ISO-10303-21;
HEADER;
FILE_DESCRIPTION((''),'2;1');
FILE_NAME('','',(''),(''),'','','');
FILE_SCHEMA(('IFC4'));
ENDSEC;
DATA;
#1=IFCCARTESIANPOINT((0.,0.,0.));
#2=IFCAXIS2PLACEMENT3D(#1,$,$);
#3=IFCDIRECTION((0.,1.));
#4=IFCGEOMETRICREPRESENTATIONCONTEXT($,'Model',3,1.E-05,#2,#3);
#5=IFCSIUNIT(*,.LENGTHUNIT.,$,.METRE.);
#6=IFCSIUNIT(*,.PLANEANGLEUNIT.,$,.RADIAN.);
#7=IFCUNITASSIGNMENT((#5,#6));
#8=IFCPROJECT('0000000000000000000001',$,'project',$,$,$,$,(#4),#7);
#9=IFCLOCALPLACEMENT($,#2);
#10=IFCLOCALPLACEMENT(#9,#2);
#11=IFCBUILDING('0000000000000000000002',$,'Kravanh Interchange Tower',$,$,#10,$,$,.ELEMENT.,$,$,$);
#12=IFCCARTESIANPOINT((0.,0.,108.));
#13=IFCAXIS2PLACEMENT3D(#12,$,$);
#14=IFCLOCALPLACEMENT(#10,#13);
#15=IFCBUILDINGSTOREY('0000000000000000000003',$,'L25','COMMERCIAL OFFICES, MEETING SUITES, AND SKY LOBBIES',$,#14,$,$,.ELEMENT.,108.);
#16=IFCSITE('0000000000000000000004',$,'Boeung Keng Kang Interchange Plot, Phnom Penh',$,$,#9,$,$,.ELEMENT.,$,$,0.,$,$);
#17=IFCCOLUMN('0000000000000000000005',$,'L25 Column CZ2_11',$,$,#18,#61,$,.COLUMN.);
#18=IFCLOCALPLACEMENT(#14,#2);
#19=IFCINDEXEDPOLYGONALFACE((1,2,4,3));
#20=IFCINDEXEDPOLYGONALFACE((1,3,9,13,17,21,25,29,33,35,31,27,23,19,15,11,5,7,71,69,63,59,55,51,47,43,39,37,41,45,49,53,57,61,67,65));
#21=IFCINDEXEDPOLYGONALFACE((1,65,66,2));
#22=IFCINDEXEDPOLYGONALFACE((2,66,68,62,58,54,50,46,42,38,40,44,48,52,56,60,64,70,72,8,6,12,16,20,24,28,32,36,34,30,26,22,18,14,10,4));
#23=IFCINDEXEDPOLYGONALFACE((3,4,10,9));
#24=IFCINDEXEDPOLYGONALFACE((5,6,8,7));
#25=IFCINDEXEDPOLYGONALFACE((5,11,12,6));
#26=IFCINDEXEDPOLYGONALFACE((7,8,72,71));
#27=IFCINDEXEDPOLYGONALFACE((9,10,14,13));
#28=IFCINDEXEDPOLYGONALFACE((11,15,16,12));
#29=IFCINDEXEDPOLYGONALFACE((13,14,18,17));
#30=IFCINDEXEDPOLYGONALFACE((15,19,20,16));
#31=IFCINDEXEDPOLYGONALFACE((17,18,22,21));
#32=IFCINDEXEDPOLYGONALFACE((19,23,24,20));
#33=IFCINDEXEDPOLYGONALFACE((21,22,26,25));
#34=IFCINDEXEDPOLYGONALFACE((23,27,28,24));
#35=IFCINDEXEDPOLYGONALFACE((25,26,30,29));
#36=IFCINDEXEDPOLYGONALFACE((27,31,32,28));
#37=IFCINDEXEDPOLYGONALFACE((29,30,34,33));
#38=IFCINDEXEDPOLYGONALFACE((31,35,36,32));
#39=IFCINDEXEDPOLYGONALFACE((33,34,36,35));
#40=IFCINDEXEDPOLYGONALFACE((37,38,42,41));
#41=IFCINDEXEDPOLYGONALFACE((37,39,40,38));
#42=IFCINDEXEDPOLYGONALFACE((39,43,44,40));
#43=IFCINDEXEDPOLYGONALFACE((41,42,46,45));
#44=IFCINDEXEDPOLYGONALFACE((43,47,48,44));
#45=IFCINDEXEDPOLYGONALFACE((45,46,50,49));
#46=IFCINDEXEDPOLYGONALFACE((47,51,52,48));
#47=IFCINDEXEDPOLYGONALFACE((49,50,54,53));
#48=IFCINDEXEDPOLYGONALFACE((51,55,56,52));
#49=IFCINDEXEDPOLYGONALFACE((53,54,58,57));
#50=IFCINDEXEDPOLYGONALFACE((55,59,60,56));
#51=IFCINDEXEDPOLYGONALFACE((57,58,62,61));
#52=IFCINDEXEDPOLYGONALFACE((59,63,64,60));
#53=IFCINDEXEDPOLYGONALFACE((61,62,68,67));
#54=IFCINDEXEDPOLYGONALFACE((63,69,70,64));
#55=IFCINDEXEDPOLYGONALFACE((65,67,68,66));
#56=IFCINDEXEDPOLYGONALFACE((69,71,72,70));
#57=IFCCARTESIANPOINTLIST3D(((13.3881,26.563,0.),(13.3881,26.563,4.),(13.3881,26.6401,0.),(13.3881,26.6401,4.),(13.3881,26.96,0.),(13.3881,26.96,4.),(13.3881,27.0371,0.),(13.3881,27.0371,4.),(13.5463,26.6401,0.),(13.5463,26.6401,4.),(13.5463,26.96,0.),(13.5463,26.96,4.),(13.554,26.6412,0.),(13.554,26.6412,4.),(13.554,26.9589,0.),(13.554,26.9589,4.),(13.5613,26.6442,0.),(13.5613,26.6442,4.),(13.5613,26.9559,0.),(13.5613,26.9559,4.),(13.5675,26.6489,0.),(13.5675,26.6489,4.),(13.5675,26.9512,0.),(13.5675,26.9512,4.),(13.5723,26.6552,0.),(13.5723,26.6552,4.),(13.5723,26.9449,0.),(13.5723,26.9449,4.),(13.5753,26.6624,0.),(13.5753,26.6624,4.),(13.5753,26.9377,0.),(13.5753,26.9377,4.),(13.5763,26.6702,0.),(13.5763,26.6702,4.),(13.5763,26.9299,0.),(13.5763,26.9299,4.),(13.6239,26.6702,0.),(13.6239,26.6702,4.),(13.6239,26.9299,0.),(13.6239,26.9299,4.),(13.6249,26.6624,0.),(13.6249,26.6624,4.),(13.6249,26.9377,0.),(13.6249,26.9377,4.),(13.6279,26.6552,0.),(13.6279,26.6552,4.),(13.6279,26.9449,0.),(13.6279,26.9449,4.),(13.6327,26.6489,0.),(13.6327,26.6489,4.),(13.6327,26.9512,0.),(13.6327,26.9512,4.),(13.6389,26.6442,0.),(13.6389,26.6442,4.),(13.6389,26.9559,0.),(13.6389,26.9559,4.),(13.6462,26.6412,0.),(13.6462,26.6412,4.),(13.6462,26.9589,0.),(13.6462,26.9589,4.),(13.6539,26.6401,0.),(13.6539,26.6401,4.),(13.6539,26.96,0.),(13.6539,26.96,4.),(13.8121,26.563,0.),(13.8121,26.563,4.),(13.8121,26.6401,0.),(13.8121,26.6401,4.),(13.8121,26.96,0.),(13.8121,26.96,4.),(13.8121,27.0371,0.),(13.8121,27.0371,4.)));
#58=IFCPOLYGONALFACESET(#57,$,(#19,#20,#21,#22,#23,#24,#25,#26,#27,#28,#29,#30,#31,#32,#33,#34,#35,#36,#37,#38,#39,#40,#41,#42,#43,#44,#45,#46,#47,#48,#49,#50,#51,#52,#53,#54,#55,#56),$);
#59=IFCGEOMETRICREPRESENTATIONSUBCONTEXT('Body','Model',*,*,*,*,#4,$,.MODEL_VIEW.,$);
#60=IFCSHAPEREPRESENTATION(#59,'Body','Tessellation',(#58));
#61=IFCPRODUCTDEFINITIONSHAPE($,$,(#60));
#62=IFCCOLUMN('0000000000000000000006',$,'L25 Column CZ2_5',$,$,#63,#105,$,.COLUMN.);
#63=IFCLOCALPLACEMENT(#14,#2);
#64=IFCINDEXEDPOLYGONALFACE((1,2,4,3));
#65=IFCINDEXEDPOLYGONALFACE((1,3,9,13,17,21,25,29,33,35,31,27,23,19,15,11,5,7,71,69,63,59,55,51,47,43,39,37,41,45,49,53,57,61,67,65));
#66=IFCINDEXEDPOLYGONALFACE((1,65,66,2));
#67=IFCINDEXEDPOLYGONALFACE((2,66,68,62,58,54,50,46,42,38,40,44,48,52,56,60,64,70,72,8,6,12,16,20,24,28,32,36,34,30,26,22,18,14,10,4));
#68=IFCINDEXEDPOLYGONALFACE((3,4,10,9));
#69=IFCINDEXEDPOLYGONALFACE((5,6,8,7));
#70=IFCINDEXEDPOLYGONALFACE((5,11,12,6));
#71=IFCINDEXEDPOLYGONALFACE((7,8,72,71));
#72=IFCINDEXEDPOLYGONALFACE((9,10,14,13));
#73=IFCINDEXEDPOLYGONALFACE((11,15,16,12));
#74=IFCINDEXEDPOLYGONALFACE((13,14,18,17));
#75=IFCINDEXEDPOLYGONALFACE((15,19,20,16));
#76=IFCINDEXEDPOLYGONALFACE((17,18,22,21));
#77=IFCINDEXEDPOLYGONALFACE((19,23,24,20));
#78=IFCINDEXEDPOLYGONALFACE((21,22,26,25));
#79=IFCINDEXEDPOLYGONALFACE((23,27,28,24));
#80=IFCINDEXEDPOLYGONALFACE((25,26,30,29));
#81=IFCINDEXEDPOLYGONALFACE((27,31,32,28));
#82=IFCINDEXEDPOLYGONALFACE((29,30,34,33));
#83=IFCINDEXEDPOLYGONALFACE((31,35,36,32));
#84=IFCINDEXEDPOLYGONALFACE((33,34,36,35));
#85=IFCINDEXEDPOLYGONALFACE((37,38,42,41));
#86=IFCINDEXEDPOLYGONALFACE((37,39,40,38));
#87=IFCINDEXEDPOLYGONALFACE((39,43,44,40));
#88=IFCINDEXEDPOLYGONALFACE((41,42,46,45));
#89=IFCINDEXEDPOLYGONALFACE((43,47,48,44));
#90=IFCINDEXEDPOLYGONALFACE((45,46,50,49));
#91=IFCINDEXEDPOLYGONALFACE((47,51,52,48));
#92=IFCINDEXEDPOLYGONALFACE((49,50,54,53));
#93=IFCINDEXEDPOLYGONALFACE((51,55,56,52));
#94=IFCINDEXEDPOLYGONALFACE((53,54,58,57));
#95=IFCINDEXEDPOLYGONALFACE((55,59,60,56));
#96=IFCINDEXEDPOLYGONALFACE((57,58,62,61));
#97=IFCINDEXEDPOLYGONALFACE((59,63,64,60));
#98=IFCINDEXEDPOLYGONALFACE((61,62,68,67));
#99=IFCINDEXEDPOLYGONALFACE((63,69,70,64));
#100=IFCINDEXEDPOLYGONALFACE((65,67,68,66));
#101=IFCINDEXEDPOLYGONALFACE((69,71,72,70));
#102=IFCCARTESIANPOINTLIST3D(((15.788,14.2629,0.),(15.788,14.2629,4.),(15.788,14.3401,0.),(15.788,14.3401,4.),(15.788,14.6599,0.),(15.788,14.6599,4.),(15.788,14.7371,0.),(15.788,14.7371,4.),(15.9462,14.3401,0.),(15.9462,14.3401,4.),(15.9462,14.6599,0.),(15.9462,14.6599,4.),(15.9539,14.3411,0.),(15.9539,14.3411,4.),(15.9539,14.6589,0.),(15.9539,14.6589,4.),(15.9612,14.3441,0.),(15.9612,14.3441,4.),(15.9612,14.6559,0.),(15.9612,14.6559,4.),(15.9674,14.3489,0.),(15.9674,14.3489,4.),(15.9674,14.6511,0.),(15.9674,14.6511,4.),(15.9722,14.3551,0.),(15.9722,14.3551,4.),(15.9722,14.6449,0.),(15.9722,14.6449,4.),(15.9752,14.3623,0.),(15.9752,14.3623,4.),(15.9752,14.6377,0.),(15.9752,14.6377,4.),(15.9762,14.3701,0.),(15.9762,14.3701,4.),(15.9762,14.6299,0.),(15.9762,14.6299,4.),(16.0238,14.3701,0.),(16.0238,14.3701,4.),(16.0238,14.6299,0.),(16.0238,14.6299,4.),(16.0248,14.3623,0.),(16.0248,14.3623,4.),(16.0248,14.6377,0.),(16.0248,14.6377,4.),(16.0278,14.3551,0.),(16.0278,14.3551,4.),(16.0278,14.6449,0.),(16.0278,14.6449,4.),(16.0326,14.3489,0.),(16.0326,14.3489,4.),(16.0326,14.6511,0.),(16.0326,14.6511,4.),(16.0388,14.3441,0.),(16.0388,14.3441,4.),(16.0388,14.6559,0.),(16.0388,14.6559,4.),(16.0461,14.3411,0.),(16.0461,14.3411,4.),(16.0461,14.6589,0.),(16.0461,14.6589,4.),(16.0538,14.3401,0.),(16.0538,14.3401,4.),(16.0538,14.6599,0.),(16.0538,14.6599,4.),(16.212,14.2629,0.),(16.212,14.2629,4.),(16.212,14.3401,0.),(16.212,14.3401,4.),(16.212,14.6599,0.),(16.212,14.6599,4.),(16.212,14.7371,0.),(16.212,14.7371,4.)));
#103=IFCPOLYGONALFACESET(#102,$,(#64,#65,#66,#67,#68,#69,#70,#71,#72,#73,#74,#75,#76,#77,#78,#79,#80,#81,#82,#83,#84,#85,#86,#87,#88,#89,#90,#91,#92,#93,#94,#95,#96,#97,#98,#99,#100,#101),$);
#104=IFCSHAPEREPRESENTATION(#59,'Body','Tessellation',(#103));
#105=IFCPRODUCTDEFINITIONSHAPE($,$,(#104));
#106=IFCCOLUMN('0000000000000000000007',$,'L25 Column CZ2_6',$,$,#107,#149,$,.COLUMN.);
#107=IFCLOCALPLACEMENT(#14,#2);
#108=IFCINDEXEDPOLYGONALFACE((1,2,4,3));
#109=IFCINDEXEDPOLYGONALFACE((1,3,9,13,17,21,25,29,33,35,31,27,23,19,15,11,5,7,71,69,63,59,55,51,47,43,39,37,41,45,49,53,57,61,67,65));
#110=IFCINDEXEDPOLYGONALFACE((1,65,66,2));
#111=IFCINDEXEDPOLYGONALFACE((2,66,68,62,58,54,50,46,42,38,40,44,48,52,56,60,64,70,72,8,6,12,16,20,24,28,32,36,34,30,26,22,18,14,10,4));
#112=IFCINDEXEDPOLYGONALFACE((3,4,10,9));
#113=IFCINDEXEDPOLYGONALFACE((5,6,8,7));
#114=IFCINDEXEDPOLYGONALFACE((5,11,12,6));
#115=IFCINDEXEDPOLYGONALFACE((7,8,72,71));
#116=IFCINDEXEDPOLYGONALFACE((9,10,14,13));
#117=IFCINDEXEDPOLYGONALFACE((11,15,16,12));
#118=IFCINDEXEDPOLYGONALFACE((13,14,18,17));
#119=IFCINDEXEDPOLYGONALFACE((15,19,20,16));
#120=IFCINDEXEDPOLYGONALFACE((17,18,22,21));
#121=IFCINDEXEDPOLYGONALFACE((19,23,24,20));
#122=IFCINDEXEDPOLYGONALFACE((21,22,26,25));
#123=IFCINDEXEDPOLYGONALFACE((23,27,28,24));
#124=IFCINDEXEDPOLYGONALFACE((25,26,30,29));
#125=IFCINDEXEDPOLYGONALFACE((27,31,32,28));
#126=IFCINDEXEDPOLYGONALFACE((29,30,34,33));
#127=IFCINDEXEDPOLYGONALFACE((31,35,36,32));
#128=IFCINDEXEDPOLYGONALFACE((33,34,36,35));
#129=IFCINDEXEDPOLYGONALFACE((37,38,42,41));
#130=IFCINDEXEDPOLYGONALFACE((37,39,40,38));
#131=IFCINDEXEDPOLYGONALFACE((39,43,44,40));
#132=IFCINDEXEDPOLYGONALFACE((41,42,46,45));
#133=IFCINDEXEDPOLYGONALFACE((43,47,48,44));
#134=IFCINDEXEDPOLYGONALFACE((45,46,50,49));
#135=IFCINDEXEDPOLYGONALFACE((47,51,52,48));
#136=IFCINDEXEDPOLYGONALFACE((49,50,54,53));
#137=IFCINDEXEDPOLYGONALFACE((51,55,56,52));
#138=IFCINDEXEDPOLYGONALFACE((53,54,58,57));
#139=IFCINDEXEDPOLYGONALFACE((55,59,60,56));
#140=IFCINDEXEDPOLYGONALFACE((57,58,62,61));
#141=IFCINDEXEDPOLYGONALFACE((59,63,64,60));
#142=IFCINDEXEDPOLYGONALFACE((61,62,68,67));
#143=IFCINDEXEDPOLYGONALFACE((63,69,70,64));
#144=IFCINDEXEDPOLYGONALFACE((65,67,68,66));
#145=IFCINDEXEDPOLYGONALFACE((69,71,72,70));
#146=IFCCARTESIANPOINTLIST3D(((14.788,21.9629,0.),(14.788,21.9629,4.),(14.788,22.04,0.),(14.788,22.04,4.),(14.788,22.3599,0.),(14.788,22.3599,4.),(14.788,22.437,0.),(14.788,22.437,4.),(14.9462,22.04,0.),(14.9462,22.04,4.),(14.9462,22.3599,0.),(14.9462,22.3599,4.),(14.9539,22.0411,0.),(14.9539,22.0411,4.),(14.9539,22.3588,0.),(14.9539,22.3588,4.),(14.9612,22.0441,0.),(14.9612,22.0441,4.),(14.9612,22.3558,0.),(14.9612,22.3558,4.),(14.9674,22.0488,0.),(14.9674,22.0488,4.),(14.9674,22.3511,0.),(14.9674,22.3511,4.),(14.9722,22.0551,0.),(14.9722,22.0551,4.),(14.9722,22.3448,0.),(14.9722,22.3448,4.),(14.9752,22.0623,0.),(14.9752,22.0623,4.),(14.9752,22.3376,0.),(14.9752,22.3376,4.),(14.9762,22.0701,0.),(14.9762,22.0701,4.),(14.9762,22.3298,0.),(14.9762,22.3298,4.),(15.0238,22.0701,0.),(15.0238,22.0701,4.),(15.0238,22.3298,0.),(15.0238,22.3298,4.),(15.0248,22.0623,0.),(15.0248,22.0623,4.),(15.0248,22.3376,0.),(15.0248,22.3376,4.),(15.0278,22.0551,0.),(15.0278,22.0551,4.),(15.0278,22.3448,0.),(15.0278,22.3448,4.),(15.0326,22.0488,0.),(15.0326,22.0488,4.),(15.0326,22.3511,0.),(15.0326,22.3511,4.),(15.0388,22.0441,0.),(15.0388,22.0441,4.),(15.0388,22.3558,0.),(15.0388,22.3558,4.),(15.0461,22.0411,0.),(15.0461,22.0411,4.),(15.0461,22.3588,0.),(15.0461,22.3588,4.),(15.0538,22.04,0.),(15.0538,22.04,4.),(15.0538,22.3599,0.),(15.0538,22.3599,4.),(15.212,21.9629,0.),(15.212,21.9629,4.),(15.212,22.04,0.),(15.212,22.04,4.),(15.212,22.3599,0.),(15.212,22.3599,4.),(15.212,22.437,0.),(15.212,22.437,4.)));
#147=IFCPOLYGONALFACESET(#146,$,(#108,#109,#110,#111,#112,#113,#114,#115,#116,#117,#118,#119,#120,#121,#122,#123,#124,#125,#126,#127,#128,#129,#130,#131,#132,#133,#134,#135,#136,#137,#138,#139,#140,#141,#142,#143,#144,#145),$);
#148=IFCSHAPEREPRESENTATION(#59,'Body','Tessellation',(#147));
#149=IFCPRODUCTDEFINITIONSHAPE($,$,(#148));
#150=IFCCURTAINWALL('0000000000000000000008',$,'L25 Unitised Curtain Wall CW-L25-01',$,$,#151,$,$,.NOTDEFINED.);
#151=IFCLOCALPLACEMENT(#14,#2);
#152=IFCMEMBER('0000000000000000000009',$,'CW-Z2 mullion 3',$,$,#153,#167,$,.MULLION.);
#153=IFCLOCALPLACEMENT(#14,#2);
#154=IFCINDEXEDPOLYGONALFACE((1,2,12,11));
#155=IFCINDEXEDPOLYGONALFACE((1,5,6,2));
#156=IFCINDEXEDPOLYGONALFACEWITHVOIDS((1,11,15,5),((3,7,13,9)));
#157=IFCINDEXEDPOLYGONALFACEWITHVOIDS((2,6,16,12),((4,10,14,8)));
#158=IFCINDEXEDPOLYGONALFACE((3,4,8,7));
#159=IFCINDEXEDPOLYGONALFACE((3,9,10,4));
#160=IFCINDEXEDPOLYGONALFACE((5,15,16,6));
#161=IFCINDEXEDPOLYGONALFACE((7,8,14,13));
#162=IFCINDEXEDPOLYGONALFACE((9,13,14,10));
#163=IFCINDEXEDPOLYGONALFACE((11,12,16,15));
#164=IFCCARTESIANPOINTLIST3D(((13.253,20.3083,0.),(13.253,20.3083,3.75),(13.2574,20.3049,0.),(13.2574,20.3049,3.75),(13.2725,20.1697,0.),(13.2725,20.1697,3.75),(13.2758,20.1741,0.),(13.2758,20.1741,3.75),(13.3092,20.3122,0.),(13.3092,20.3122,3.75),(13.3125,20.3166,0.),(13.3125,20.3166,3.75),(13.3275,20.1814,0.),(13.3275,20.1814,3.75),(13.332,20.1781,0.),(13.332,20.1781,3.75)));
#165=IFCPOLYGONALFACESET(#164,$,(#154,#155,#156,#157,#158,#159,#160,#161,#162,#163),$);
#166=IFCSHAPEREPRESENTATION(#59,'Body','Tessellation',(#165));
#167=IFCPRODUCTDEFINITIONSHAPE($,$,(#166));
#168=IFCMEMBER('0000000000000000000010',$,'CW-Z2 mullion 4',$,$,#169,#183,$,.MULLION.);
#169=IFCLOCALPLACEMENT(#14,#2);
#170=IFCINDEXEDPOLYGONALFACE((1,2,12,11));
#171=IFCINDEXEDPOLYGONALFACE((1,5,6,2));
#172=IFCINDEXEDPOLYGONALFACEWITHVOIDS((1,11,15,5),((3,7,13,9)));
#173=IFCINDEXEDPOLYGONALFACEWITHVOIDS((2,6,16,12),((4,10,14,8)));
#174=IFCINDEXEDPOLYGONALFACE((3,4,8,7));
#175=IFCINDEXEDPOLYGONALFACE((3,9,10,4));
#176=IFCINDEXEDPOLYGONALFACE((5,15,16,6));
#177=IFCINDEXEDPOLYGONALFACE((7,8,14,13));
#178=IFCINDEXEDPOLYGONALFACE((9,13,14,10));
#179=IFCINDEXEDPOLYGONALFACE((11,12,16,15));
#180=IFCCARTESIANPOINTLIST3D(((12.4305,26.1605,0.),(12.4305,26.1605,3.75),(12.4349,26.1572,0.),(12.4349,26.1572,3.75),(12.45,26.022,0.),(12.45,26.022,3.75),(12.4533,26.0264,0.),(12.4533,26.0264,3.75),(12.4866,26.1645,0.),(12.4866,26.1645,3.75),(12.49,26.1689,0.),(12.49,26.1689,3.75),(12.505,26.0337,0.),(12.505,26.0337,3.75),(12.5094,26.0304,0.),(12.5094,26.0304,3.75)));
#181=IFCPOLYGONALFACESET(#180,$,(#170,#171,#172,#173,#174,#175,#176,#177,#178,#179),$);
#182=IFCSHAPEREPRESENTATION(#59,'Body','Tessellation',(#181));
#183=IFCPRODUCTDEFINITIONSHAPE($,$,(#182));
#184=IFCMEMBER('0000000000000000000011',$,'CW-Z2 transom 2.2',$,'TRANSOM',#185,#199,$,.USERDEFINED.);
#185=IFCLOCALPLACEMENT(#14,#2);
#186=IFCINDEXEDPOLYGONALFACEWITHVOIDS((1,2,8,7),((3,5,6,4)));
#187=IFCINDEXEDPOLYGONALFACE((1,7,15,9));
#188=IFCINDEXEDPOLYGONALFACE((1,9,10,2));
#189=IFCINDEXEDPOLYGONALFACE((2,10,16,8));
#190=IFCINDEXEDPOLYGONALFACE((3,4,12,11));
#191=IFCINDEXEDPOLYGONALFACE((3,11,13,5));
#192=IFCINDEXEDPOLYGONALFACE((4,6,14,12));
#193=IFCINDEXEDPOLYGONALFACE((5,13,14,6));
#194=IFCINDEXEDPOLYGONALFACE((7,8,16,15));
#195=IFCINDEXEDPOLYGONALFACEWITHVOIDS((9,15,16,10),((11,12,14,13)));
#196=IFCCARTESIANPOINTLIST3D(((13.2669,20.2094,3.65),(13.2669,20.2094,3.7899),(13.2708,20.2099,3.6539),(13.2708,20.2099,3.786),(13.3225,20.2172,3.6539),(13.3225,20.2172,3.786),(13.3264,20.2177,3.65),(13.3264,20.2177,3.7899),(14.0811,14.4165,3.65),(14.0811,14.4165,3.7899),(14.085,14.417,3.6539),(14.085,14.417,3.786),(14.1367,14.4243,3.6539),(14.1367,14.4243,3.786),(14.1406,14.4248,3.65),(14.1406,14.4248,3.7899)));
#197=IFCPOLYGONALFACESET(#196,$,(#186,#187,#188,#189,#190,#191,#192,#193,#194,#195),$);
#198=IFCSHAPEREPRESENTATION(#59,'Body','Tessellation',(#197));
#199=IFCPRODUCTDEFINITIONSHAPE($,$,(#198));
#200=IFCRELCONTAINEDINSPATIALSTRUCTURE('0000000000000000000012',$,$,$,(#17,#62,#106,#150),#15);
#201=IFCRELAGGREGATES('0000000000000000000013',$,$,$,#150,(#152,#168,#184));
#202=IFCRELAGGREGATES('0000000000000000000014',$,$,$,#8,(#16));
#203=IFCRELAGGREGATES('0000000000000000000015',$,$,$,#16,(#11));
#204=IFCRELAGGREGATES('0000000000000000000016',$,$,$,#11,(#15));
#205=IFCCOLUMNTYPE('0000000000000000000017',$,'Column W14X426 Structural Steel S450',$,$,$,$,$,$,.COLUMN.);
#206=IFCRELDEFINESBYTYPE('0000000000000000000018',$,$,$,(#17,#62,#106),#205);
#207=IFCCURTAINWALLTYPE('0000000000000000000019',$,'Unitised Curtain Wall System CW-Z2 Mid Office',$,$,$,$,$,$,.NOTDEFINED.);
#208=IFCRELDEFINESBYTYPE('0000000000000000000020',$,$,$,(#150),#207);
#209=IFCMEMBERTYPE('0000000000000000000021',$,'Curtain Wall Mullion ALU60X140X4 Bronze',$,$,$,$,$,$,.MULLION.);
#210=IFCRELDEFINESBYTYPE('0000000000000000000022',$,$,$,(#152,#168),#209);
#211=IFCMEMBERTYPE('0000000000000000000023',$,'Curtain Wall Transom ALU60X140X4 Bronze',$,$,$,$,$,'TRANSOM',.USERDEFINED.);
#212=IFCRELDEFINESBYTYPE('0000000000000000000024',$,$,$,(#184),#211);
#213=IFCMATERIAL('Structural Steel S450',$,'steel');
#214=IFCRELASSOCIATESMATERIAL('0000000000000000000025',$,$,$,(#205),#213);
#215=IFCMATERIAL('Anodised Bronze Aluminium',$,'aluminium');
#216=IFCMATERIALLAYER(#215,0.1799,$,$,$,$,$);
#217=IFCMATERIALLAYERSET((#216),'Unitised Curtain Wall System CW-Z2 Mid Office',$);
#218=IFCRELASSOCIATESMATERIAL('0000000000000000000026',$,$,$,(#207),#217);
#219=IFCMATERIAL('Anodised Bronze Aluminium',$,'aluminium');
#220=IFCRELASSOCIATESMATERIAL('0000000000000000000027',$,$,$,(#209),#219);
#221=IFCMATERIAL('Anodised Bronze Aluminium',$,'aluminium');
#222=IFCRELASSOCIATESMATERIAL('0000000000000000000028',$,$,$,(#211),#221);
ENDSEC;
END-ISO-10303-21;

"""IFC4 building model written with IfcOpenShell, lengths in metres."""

from ifc_helpers import new_model, si_unit, direction, frame, origin, origin_2d, place, context, subcontext, project, spatial, hollow_rectangle, i_section, extrude, material, layer, layer_set, material_profile, profile_set, type_object, element, aggregate, save


model = new_model("IFC4")

# Units and contexts
model_context = context("Model", 3, precision=1e-05, world=origin(), true_north=direction((0.0, 1.0)))
body_context = subcontext(model_context, "Body", "Model", "MODEL_VIEW")
ifc_project = project(units=[si_unit("LENGTHUNIT", "METRE"), si_unit("PLANEANGLEUNIT", "RADIAN")], contexts=[model_context])

# Site, building, storey
site_placement = place(None, origin())
site = spatial("IfcSite", under=ifc_project, at=site_placement, Name="Boeung Keng Kang Interchange Plot, Phnom Penh", CompositionType="ELEMENT", RefElevation=0.0)
building_placement = place(site_placement, origin())
building = spatial("IfcBuilding", under=site, at=building_placement, Name="Kravanh Interchange Tower", CompositionType="ELEMENT")
storey_placement = place(building_placement, frame((0.0, 0.0, 108.0)))
storey = spatial("IfcBuildingStorey", under=building, at=storey_placement, Name="L25", Description="COMMERCIAL OFFICES, MEETING SUITES, AND SKY LOBBIES", CompositionType="ELEMENT", Elevation=108.0)

# Columns
ifc_material_1 = material(Name="Structural Steel S450", Category="steel")
ifc_material_profile_1 = material_profile(ifc_material_1, i_section(OverallWidth=0.4241, OverallDepth=0.4741, WebThickness=0.0476, FlangeThickness=0.0771, FilletRadius=0.03, at=origin_2d()), Name="W14X426")
ifc_profile_set_1 = profile_set([ifc_material_profile_1], Name="Structural Steel S450")
column_type = type_object("IfcColumnType", Name="Column W14X426 Structural Steel S450", PredefinedType="COLUMN", material=ifc_profile_set_1)
for number, where, z_axis, x_axis, name in (
    (1, (13.6001, 26.8, 0.0), (0.0, 0.0, 1.0), (1.0, 0.0, 0.0), "L25 Column CZ2_11"),
    (2, (16.0, 14.5, 0.0), (0.0, 0.0, 1.0), (1.0, 0.0, 0.0), "L25 Column CZ2_5"),
    (3, (15.0, 22.2, 0.0), (0.0, 0.0, 1.0), (1.0, 0.0, 0.0), "L25 Column CZ2_6"),
):
    element("IfcColumn", number, at=place(storey_placement, frame(where, z_axis=z_axis, x_axis=x_axis)), inside=storey, type_object=column_type, Name=name, PredefinedType="COLUMN", context=body_context, shape_type="SweptSolid", body=[
        extrude(i_section(OverallWidth=0.4241, OverallDepth=0.4741, WebThickness=0.0476, FlangeThickness=0.0771, FilletRadius=0.03, at=origin_2d()), origin(), (0.0, 0.0, 1.0), 4.0),
    ])

# Curtain wall, members
ifc_material_2 = material(Name="Anodised Bronze Aluminium", Category="aluminium")
ifc_layer_1 = layer(ifc_material_2, 0.1799)
ifc_layer_set_1 = layer_set([ifc_layer_1], Name="Unitised Curtain Wall System CW-Z2 Mid Office")
curtain_wall_type = type_object("IfcCurtainWallType", Name="Unitised Curtain Wall System CW-Z2 Mid Office", PredefinedType="NOTDEFINED", material=ifc_layer_set_1)
curtain_wall_placement = place(storey_placement, origin())
curtain_wall = element("IfcCurtainWall", 4, at=curtain_wall_placement, inside=storey, type_object=curtain_wall_type, Name="L25 Unitised Curtain Wall CW-L25-01", PredefinedType="NOTDEFINED")
ifc_material_3 = material(Name="Anodised Bronze Aluminium", Category="aluminium")
ifc_material_profile_2 = material_profile(ifc_material_3, hollow_rectangle(XDim=0.0601, YDim=0.1399, WallThickness=0.0039, at=origin_2d()), Name="ALU60X140X4")
ifc_profile_set_2 = profile_set([ifc_material_profile_2], Name="Anodised Bronze Aluminium")
member_type_1 = type_object("IfcMemberType", Name="Curtain Wall Mullion ALU60X140X4 Bronze", PredefinedType="MULLION", material=ifc_profile_set_2)
member_1_placement = place(storey_placement, frame((13.2925, 20.2432, 0.0), z_axis=(0.0, 0.0, 1.0), x_axis=(-0.990268, -0.139173, 0.0)))
member_1 = element("IfcMember", 5, at=member_1_placement, type_object=member_type_1, Name="CW-Z2 mullion 3", PredefinedType="MULLION", context=body_context, shape_type="SweptSolid", body=[
    extrude(hollow_rectangle(XDim=0.0601, YDim=0.1399, WallThickness=0.0039, at=origin_2d()), origin(), (0.0, 0.0, 1.0), 3.75),
])
member_2_placement = place(storey_placement, frame((12.47, 26.0955, 0.0), z_axis=(0.0, 0.0, 1.0), x_axis=(-0.990268, -0.139173, 0.0)))
member_2 = element("IfcMember", 6, at=member_2_placement, type_object=member_type_1, Name="CW-Z2 mullion 4", PredefinedType="MULLION", context=body_context, shape_type="SweptSolid", body=[
    extrude(hollow_rectangle(XDim=0.0601, YDim=0.1399, WallThickness=0.0039, at=origin_2d()), origin(), (0.0, 0.0, 1.0), 3.75),
])
ifc_material_4 = material(Name="Anodised Bronze Aluminium", Category="aluminium")
ifc_material_profile_3 = material_profile(ifc_material_4, hollow_rectangle(XDim=0.0601, YDim=0.1399, WallThickness=0.0039, at=origin_2d()), Name="ALU60X140X4")
ifc_profile_set_3 = profile_set([ifc_material_profile_3], Name="Anodised Bronze Aluminium")
member_type_2 = type_object("IfcMemberType", Name="Curtain Wall Transom ALU60X140X4 Bronze", ElementType="TRANSOM", PredefinedType="USERDEFINED", material=ifc_profile_set_3)
member_3_placement = place(storey_placement, frame((14.1108, 14.4207, 3.72), z_axis=(-0.139183, 0.990267, 0.0), x_axis=(-0.990267, -0.139183, 0.0)))
member_3 = element("IfcMember", 7, at=member_3_placement, type_object=member_type_2, Name="CW-Z2 transom 2.2", ObjectType="TRANSOM", PredefinedType="USERDEFINED", context=body_context, shape_type="SweptSolid", body=[
    extrude(hollow_rectangle(XDim=0.0601, YDim=0.1399, WallThickness=0.0039, at=origin_2d()), origin(), (0.0, 0.0, 1.0), 5.8499),
])

aggregate(curtain_wall, [member_1, member_2, member_3])

save(model, "model.ifc")
